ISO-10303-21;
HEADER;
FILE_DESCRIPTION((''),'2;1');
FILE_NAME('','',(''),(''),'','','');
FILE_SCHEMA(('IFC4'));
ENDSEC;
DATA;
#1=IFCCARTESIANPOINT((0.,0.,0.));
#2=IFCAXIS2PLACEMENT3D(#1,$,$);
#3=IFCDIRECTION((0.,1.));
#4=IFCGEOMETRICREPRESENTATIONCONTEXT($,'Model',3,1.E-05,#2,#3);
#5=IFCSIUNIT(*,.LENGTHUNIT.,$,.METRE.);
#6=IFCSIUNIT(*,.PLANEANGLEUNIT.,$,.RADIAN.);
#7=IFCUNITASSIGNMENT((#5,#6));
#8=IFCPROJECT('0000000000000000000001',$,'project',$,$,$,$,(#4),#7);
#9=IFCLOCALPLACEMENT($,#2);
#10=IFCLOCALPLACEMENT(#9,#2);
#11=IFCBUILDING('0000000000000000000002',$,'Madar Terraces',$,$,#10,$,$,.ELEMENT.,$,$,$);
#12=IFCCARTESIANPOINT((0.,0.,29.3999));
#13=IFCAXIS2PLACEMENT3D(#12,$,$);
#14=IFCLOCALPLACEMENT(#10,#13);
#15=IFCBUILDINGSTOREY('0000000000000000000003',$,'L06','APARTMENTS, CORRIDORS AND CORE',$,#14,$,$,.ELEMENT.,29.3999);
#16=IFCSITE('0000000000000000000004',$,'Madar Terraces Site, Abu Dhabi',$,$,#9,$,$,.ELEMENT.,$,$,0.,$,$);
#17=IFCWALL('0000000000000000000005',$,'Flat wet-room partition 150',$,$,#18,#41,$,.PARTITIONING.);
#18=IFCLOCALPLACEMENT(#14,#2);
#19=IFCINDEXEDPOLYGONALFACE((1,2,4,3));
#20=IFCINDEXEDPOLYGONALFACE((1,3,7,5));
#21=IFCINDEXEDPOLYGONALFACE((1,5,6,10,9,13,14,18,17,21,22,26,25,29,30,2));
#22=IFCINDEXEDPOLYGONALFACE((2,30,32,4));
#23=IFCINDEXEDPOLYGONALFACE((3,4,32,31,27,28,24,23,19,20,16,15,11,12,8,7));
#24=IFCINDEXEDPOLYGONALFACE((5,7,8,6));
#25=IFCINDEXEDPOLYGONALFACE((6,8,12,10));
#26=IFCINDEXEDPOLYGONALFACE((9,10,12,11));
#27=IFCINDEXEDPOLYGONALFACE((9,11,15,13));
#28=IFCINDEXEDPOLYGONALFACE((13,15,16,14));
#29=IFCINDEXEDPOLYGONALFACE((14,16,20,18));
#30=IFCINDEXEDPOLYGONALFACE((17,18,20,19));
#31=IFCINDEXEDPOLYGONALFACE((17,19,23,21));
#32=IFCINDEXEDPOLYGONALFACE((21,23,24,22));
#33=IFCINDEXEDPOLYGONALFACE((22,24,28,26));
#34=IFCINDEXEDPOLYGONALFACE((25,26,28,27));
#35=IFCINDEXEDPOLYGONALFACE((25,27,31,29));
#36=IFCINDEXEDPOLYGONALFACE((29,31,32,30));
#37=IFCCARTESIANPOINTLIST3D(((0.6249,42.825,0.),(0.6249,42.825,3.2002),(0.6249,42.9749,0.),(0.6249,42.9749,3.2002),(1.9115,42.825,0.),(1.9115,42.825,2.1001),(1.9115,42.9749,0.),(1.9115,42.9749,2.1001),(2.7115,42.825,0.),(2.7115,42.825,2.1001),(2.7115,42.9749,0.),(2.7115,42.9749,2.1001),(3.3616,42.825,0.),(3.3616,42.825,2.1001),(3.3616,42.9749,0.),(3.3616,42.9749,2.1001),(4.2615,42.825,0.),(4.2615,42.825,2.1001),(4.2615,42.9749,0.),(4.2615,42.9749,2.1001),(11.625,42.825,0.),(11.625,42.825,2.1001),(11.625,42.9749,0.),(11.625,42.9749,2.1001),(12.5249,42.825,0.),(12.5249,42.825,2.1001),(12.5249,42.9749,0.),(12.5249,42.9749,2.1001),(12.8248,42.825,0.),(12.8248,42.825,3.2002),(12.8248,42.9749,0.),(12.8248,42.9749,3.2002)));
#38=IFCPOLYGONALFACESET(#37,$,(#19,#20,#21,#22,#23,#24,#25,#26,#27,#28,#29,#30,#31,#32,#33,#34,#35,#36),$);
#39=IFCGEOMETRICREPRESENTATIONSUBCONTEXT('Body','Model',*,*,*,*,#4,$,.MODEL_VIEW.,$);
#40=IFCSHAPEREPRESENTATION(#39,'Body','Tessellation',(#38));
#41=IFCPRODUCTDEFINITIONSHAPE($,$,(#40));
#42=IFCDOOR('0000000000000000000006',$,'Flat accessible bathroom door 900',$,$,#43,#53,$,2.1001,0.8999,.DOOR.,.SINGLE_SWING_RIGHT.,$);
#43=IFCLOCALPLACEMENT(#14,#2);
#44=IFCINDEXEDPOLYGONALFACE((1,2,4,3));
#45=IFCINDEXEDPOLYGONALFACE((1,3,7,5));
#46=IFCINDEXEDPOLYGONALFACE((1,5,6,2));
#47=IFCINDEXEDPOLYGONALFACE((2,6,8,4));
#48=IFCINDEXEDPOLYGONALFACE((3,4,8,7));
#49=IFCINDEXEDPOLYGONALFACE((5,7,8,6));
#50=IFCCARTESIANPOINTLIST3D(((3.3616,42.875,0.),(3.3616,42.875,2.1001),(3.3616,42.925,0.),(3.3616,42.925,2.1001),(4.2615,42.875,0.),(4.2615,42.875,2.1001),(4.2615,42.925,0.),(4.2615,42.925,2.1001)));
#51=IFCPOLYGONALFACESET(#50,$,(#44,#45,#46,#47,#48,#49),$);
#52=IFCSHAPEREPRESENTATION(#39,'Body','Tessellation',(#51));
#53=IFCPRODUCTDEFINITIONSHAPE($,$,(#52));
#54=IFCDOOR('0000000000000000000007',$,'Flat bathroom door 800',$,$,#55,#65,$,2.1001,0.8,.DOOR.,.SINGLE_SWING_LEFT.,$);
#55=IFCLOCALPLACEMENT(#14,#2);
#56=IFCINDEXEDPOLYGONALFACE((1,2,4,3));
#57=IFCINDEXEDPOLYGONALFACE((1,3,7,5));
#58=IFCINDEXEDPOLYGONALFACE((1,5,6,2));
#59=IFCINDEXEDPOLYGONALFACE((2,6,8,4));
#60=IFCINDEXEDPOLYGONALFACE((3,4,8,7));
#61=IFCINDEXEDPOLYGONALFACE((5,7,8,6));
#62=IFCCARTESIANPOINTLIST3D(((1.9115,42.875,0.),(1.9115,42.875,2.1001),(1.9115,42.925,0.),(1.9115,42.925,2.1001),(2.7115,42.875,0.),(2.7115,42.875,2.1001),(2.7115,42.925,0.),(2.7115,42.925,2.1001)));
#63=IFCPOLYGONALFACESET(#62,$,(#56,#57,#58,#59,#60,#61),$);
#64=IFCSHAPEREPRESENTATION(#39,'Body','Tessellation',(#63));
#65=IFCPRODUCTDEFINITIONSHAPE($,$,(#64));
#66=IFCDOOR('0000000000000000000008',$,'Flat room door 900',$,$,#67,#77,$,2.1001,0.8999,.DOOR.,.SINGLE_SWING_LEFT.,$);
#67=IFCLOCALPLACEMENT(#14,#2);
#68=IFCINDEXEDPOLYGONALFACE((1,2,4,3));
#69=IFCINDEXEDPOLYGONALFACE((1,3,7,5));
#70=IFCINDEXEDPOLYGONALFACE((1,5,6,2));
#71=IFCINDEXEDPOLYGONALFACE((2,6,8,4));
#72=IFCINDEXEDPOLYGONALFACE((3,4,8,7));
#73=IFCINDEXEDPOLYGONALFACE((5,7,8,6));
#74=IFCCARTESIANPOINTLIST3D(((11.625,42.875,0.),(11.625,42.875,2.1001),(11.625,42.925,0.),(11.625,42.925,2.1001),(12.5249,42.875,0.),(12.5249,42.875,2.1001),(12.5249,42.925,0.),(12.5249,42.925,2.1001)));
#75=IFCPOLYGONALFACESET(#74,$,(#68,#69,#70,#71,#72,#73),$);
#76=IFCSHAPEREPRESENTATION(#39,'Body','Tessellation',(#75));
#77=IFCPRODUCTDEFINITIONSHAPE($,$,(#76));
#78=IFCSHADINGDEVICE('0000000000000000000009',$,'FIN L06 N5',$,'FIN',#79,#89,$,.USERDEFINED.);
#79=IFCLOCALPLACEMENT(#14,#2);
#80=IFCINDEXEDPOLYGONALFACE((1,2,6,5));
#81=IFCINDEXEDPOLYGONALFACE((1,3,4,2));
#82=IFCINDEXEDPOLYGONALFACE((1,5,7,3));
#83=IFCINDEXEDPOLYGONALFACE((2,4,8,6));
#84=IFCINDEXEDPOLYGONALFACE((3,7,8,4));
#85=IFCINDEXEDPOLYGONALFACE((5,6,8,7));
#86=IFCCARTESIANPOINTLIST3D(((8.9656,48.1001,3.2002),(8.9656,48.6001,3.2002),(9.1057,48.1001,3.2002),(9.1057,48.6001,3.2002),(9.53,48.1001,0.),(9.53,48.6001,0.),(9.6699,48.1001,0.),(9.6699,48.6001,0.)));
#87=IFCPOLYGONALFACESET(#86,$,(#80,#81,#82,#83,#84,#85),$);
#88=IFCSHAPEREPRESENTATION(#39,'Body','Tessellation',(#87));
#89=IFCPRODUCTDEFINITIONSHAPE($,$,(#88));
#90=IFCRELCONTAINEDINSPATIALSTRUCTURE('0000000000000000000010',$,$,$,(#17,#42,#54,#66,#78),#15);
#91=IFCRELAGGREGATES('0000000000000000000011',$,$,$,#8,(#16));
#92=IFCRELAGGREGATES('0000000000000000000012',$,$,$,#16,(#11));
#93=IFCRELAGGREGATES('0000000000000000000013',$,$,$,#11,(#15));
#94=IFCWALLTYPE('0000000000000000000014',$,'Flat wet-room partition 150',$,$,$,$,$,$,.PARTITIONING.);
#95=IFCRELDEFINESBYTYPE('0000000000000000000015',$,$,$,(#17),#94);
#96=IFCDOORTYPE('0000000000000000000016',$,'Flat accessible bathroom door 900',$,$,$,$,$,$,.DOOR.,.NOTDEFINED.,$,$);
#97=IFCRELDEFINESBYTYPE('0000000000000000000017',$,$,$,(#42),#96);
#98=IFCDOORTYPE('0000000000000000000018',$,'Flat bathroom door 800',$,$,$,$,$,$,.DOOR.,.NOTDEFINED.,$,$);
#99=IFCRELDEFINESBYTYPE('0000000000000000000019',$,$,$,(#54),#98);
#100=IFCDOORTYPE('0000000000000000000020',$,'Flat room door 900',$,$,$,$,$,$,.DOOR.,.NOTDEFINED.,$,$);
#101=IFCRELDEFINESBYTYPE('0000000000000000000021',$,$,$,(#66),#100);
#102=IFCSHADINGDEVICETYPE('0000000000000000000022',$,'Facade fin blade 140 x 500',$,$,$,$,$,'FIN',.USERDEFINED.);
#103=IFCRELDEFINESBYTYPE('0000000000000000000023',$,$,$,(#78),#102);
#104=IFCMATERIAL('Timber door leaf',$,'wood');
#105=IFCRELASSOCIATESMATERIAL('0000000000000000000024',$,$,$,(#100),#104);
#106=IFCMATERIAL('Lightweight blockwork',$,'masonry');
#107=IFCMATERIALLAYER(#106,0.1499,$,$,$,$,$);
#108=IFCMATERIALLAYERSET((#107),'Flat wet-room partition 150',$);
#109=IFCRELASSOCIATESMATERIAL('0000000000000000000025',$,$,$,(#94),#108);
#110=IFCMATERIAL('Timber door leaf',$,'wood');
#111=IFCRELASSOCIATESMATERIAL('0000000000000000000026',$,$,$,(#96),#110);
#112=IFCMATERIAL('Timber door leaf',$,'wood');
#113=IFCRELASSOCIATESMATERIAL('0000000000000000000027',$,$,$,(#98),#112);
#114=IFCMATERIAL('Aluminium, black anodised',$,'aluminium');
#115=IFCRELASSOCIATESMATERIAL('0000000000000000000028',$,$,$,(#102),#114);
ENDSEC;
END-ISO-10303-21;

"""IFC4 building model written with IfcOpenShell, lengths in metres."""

from ifc_helpers import new_model, si_unit, direction, frame, frame_2d, origin, place, context, subcontext, project, spatial, polyline, rectangle, outline, extrude, material, layer, layer_set, type_object, element, fill, save


model = new_model("IFC4")

# Units and contexts
model_context = context("Model", 3, precision=1e-05, world=origin(), true_north=direction((0.0, 1.0)))
body_context = subcontext(model_context, "Body", "Model", "MODEL_VIEW")
ifc_project = project(units=[si_unit("LENGTHUNIT", "METRE"), si_unit("PLANEANGLEUNIT", "RADIAN")], contexts=[model_context])

# Site, building, storey
site_placement = place(None, origin())
site = spatial("IfcSite", under=ifc_project, at=site_placement, Name="Madar Terraces Site, Abu Dhabi", CompositionType="ELEMENT", RefElevation=0.0)
building_placement = place(site_placement, origin())
building = spatial("IfcBuilding", under=site, at=building_placement, Name="Madar Terraces", CompositionType="ELEMENT")
storey_placement = place(building_placement, frame((0.0, 0.0, 29.3999)))
storey = spatial("IfcBuildingStorey", under=building, at=storey_placement, Name="L06", Description="APARTMENTS, CORRIDORS AND CORE", CompositionType="ELEMENT", Elevation=29.3999)

# Shared definitions
ifc_material_1 = material(Name="Timber door leaf", Category="wood")
door_type_1 = type_object("IfcDoorType", Name="Flat room door 900", OperationType="NOTDEFINED", PredefinedType="DOOR", material=ifc_material_1)

# Wall, openings, doors
ifc_material_2 = material(Name="Lightweight blockwork", Category="masonry")
ifc_layer_1 = layer(ifc_material_2, 0.1499)
ifc_layer_set_1 = layer_set([ifc_layer_1], Name="Flat wet-room partition 150")
wall_type_1 = type_object("IfcWallType", Name="Flat wet-room partition 150", PredefinedType="PARTITIONING", material=ifc_layer_set_1)
wall_1_placement = place(storey_placement, frame((12.825, 42.8999, 0.0), z_axis=(0.0, 0.0, 1.0), x_axis=(-1.0, 0.0, 0.0)))
wall_1 = element("IfcWall", 1, at=wall_1_placement, inside=storey, type_object=wall_type_1, Name="Flat wet-room partition 150", PredefinedType="PARTITIONING", context=body_context, shape_type="SweptSolid", body=[
    extrude(rectangle(XDim=12.2, YDim=0.1499, at=frame_2d((6.1001, 0.0))), origin(), (0.0, 0.0, 1.0), 3.2002),
])
opening_1_placement = place(wall_1_placement, frame((0.3, 0.0, 0.0)))
opening_1 = element("IfcOpeningElement", 2, at=opening_1_placement, cuts=wall_1, PredefinedType="OPENING", context=body_context, shape_type="SweptSolid", body=[
    extrude(rectangle(XDim=0.8999, YDim=2.1001, at=frame_2d((0.45, 1.05))), frame((0.0, 0.085, 0.0), z_axis=(0.0, -1.0, 0.0), x_axis=(1.0, 0.0, 0.0)), (0.0, 0.0, 1.0), 0.1699),
])
opening_2_placement = place(wall_1_placement, frame((8.5635, 0.0, 0.0)))
opening_2 = element("IfcOpeningElement", 3, at=opening_2_placement, cuts=wall_1, PredefinedType="OPENING", context=body_context, shape_type="SweptSolid", body=[
    extrude(rectangle(XDim=0.8999, YDim=2.1001, at=frame_2d((0.45, 1.05))), frame((0.0, 0.085, 0.0), z_axis=(0.0, -1.0, 0.0), x_axis=(1.0, 0.0, 0.0)), (0.0, 0.0, 1.0), 0.1699),
])
opening_3_placement = place(wall_1_placement, frame((10.1135, 0.0, 0.0)))
opening_3 = element("IfcOpeningElement", 4, at=opening_3_placement, cuts=wall_1, PredefinedType="OPENING", context=body_context, shape_type="SweptSolid", body=[
    extrude(rectangle(XDim=0.8, YDim=2.1001, at=frame_2d((0.3999, 1.05))), frame((0.0, 0.085, 0.0), z_axis=(0.0, -1.0, 0.0), x_axis=(1.0, 0.0, 0.0)), (0.0, 0.0, 1.0), 0.1699),
])
ifc_material_3 = material(Name="Timber door leaf", Category="wood")
door_type_2 = type_object("IfcDoorType", Name="Flat accessible bathroom door 900", OperationType="NOTDEFINED", PredefinedType="DOOR", material=ifc_material_3)
door_1_placement = place(opening_2_placement, origin())
door_1 = element("IfcDoor", 5, at=door_1_placement, inside=storey, type_object=door_type_2, Name="Flat accessible bathroom door 900", OperationType="SINGLE_SWING_RIGHT", OverallHeight=2.1001, OverallWidth=0.8999, PredefinedType="DOOR", context=body_context, shape_type="SweptSolid", body=[
    extrude(rectangle(XDim=0.8999, YDim=2.1001, at=frame_2d((0.45, 1.05))), frame((0.0, 0.0249, 0.0), z_axis=(0.0, -1.0, 0.0), x_axis=(1.0, 0.0, 0.0)), (0.0, 0.0, 1.0), 0.05),
])
fill(opening_2, door_1)
ifc_material_4 = material(Name="Timber door leaf", Category="wood")
door_type_3 = type_object("IfcDoorType", Name="Flat bathroom door 800", OperationType="NOTDEFINED", PredefinedType="DOOR", material=ifc_material_4)
door_2_placement = place(opening_3_placement, origin())
door_2 = element("IfcDoor", 6, at=door_2_placement, inside=storey, type_object=door_type_3, Name="Flat bathroom door 800", OperationType="SINGLE_SWING_LEFT", OverallHeight=2.1001, OverallWidth=0.8, PredefinedType="DOOR", context=body_context, shape_type="SweptSolid", body=[
    extrude(rectangle(XDim=0.8, YDim=2.1001, at=frame_2d((0.3999, 1.05))), frame((0.0, 0.0249, 0.0), z_axis=(0.0, -1.0, 0.0), x_axis=(1.0, 0.0, 0.0)), (0.0, 0.0, 1.0), 0.05),
])
fill(opening_3, door_2)
door_3_placement = place(opening_1_placement, origin())
door_3 = element("IfcDoor", 7, at=door_3_placement, inside=storey, type_object=door_type_1, Name="Flat room door 900", OperationType="SINGLE_SWING_LEFT", OverallHeight=2.1001, OverallWidth=0.8999, PredefinedType="DOOR", context=body_context, shape_type="SweptSolid", body=[
    extrude(rectangle(XDim=0.8999, YDim=2.1001, at=frame_2d((0.45, 1.05))), frame((0.0, 0.0249, 0.0), z_axis=(0.0, -1.0, 0.0), x_axis=(1.0, 0.0, 0.0)), (0.0, 0.0, 1.0), 0.05),
])
fill(opening_1, door_3)

# Shading device
ifc_material_5 = material(Name="Aluminium, black anodised", Category="aluminium")
shading_device_type = type_object("IfcShadingDeviceType", Name="Facade fin blade 140 x 500", ElementType="FIN", PredefinedType="USERDEFINED", material=ifc_material_5)
shading_device_placement = place(storey_placement, frame((9.6699, 48.3501, 0.0), z_axis=(0.0, 0.0, 1.0), x_axis=(-1.0, 0.0, 0.0)))
element("IfcShadingDevice", 8, at=shading_device_placement, inside=storey, type_object=shading_device_type, Name="FIN L06 N5", ObjectType="FIN", PredefinedType="USERDEFINED", context=body_context, shape_type="SweptSolid", body=[
    extrude(outline(polyline([(0.0, 0.0), (0.1399, 0.0), (0.7043, 3.2002), (0.5642, 3.2002), (0.0, 0.0)])), frame((0.0, 0.25, 0.0), z_axis=(0.0, -1.0, 0.0), x_axis=(1.0, 0.0, 0.0)), (0.0, 0.0, 1.0), 0.5),
])

save(model, "model.ifc")
